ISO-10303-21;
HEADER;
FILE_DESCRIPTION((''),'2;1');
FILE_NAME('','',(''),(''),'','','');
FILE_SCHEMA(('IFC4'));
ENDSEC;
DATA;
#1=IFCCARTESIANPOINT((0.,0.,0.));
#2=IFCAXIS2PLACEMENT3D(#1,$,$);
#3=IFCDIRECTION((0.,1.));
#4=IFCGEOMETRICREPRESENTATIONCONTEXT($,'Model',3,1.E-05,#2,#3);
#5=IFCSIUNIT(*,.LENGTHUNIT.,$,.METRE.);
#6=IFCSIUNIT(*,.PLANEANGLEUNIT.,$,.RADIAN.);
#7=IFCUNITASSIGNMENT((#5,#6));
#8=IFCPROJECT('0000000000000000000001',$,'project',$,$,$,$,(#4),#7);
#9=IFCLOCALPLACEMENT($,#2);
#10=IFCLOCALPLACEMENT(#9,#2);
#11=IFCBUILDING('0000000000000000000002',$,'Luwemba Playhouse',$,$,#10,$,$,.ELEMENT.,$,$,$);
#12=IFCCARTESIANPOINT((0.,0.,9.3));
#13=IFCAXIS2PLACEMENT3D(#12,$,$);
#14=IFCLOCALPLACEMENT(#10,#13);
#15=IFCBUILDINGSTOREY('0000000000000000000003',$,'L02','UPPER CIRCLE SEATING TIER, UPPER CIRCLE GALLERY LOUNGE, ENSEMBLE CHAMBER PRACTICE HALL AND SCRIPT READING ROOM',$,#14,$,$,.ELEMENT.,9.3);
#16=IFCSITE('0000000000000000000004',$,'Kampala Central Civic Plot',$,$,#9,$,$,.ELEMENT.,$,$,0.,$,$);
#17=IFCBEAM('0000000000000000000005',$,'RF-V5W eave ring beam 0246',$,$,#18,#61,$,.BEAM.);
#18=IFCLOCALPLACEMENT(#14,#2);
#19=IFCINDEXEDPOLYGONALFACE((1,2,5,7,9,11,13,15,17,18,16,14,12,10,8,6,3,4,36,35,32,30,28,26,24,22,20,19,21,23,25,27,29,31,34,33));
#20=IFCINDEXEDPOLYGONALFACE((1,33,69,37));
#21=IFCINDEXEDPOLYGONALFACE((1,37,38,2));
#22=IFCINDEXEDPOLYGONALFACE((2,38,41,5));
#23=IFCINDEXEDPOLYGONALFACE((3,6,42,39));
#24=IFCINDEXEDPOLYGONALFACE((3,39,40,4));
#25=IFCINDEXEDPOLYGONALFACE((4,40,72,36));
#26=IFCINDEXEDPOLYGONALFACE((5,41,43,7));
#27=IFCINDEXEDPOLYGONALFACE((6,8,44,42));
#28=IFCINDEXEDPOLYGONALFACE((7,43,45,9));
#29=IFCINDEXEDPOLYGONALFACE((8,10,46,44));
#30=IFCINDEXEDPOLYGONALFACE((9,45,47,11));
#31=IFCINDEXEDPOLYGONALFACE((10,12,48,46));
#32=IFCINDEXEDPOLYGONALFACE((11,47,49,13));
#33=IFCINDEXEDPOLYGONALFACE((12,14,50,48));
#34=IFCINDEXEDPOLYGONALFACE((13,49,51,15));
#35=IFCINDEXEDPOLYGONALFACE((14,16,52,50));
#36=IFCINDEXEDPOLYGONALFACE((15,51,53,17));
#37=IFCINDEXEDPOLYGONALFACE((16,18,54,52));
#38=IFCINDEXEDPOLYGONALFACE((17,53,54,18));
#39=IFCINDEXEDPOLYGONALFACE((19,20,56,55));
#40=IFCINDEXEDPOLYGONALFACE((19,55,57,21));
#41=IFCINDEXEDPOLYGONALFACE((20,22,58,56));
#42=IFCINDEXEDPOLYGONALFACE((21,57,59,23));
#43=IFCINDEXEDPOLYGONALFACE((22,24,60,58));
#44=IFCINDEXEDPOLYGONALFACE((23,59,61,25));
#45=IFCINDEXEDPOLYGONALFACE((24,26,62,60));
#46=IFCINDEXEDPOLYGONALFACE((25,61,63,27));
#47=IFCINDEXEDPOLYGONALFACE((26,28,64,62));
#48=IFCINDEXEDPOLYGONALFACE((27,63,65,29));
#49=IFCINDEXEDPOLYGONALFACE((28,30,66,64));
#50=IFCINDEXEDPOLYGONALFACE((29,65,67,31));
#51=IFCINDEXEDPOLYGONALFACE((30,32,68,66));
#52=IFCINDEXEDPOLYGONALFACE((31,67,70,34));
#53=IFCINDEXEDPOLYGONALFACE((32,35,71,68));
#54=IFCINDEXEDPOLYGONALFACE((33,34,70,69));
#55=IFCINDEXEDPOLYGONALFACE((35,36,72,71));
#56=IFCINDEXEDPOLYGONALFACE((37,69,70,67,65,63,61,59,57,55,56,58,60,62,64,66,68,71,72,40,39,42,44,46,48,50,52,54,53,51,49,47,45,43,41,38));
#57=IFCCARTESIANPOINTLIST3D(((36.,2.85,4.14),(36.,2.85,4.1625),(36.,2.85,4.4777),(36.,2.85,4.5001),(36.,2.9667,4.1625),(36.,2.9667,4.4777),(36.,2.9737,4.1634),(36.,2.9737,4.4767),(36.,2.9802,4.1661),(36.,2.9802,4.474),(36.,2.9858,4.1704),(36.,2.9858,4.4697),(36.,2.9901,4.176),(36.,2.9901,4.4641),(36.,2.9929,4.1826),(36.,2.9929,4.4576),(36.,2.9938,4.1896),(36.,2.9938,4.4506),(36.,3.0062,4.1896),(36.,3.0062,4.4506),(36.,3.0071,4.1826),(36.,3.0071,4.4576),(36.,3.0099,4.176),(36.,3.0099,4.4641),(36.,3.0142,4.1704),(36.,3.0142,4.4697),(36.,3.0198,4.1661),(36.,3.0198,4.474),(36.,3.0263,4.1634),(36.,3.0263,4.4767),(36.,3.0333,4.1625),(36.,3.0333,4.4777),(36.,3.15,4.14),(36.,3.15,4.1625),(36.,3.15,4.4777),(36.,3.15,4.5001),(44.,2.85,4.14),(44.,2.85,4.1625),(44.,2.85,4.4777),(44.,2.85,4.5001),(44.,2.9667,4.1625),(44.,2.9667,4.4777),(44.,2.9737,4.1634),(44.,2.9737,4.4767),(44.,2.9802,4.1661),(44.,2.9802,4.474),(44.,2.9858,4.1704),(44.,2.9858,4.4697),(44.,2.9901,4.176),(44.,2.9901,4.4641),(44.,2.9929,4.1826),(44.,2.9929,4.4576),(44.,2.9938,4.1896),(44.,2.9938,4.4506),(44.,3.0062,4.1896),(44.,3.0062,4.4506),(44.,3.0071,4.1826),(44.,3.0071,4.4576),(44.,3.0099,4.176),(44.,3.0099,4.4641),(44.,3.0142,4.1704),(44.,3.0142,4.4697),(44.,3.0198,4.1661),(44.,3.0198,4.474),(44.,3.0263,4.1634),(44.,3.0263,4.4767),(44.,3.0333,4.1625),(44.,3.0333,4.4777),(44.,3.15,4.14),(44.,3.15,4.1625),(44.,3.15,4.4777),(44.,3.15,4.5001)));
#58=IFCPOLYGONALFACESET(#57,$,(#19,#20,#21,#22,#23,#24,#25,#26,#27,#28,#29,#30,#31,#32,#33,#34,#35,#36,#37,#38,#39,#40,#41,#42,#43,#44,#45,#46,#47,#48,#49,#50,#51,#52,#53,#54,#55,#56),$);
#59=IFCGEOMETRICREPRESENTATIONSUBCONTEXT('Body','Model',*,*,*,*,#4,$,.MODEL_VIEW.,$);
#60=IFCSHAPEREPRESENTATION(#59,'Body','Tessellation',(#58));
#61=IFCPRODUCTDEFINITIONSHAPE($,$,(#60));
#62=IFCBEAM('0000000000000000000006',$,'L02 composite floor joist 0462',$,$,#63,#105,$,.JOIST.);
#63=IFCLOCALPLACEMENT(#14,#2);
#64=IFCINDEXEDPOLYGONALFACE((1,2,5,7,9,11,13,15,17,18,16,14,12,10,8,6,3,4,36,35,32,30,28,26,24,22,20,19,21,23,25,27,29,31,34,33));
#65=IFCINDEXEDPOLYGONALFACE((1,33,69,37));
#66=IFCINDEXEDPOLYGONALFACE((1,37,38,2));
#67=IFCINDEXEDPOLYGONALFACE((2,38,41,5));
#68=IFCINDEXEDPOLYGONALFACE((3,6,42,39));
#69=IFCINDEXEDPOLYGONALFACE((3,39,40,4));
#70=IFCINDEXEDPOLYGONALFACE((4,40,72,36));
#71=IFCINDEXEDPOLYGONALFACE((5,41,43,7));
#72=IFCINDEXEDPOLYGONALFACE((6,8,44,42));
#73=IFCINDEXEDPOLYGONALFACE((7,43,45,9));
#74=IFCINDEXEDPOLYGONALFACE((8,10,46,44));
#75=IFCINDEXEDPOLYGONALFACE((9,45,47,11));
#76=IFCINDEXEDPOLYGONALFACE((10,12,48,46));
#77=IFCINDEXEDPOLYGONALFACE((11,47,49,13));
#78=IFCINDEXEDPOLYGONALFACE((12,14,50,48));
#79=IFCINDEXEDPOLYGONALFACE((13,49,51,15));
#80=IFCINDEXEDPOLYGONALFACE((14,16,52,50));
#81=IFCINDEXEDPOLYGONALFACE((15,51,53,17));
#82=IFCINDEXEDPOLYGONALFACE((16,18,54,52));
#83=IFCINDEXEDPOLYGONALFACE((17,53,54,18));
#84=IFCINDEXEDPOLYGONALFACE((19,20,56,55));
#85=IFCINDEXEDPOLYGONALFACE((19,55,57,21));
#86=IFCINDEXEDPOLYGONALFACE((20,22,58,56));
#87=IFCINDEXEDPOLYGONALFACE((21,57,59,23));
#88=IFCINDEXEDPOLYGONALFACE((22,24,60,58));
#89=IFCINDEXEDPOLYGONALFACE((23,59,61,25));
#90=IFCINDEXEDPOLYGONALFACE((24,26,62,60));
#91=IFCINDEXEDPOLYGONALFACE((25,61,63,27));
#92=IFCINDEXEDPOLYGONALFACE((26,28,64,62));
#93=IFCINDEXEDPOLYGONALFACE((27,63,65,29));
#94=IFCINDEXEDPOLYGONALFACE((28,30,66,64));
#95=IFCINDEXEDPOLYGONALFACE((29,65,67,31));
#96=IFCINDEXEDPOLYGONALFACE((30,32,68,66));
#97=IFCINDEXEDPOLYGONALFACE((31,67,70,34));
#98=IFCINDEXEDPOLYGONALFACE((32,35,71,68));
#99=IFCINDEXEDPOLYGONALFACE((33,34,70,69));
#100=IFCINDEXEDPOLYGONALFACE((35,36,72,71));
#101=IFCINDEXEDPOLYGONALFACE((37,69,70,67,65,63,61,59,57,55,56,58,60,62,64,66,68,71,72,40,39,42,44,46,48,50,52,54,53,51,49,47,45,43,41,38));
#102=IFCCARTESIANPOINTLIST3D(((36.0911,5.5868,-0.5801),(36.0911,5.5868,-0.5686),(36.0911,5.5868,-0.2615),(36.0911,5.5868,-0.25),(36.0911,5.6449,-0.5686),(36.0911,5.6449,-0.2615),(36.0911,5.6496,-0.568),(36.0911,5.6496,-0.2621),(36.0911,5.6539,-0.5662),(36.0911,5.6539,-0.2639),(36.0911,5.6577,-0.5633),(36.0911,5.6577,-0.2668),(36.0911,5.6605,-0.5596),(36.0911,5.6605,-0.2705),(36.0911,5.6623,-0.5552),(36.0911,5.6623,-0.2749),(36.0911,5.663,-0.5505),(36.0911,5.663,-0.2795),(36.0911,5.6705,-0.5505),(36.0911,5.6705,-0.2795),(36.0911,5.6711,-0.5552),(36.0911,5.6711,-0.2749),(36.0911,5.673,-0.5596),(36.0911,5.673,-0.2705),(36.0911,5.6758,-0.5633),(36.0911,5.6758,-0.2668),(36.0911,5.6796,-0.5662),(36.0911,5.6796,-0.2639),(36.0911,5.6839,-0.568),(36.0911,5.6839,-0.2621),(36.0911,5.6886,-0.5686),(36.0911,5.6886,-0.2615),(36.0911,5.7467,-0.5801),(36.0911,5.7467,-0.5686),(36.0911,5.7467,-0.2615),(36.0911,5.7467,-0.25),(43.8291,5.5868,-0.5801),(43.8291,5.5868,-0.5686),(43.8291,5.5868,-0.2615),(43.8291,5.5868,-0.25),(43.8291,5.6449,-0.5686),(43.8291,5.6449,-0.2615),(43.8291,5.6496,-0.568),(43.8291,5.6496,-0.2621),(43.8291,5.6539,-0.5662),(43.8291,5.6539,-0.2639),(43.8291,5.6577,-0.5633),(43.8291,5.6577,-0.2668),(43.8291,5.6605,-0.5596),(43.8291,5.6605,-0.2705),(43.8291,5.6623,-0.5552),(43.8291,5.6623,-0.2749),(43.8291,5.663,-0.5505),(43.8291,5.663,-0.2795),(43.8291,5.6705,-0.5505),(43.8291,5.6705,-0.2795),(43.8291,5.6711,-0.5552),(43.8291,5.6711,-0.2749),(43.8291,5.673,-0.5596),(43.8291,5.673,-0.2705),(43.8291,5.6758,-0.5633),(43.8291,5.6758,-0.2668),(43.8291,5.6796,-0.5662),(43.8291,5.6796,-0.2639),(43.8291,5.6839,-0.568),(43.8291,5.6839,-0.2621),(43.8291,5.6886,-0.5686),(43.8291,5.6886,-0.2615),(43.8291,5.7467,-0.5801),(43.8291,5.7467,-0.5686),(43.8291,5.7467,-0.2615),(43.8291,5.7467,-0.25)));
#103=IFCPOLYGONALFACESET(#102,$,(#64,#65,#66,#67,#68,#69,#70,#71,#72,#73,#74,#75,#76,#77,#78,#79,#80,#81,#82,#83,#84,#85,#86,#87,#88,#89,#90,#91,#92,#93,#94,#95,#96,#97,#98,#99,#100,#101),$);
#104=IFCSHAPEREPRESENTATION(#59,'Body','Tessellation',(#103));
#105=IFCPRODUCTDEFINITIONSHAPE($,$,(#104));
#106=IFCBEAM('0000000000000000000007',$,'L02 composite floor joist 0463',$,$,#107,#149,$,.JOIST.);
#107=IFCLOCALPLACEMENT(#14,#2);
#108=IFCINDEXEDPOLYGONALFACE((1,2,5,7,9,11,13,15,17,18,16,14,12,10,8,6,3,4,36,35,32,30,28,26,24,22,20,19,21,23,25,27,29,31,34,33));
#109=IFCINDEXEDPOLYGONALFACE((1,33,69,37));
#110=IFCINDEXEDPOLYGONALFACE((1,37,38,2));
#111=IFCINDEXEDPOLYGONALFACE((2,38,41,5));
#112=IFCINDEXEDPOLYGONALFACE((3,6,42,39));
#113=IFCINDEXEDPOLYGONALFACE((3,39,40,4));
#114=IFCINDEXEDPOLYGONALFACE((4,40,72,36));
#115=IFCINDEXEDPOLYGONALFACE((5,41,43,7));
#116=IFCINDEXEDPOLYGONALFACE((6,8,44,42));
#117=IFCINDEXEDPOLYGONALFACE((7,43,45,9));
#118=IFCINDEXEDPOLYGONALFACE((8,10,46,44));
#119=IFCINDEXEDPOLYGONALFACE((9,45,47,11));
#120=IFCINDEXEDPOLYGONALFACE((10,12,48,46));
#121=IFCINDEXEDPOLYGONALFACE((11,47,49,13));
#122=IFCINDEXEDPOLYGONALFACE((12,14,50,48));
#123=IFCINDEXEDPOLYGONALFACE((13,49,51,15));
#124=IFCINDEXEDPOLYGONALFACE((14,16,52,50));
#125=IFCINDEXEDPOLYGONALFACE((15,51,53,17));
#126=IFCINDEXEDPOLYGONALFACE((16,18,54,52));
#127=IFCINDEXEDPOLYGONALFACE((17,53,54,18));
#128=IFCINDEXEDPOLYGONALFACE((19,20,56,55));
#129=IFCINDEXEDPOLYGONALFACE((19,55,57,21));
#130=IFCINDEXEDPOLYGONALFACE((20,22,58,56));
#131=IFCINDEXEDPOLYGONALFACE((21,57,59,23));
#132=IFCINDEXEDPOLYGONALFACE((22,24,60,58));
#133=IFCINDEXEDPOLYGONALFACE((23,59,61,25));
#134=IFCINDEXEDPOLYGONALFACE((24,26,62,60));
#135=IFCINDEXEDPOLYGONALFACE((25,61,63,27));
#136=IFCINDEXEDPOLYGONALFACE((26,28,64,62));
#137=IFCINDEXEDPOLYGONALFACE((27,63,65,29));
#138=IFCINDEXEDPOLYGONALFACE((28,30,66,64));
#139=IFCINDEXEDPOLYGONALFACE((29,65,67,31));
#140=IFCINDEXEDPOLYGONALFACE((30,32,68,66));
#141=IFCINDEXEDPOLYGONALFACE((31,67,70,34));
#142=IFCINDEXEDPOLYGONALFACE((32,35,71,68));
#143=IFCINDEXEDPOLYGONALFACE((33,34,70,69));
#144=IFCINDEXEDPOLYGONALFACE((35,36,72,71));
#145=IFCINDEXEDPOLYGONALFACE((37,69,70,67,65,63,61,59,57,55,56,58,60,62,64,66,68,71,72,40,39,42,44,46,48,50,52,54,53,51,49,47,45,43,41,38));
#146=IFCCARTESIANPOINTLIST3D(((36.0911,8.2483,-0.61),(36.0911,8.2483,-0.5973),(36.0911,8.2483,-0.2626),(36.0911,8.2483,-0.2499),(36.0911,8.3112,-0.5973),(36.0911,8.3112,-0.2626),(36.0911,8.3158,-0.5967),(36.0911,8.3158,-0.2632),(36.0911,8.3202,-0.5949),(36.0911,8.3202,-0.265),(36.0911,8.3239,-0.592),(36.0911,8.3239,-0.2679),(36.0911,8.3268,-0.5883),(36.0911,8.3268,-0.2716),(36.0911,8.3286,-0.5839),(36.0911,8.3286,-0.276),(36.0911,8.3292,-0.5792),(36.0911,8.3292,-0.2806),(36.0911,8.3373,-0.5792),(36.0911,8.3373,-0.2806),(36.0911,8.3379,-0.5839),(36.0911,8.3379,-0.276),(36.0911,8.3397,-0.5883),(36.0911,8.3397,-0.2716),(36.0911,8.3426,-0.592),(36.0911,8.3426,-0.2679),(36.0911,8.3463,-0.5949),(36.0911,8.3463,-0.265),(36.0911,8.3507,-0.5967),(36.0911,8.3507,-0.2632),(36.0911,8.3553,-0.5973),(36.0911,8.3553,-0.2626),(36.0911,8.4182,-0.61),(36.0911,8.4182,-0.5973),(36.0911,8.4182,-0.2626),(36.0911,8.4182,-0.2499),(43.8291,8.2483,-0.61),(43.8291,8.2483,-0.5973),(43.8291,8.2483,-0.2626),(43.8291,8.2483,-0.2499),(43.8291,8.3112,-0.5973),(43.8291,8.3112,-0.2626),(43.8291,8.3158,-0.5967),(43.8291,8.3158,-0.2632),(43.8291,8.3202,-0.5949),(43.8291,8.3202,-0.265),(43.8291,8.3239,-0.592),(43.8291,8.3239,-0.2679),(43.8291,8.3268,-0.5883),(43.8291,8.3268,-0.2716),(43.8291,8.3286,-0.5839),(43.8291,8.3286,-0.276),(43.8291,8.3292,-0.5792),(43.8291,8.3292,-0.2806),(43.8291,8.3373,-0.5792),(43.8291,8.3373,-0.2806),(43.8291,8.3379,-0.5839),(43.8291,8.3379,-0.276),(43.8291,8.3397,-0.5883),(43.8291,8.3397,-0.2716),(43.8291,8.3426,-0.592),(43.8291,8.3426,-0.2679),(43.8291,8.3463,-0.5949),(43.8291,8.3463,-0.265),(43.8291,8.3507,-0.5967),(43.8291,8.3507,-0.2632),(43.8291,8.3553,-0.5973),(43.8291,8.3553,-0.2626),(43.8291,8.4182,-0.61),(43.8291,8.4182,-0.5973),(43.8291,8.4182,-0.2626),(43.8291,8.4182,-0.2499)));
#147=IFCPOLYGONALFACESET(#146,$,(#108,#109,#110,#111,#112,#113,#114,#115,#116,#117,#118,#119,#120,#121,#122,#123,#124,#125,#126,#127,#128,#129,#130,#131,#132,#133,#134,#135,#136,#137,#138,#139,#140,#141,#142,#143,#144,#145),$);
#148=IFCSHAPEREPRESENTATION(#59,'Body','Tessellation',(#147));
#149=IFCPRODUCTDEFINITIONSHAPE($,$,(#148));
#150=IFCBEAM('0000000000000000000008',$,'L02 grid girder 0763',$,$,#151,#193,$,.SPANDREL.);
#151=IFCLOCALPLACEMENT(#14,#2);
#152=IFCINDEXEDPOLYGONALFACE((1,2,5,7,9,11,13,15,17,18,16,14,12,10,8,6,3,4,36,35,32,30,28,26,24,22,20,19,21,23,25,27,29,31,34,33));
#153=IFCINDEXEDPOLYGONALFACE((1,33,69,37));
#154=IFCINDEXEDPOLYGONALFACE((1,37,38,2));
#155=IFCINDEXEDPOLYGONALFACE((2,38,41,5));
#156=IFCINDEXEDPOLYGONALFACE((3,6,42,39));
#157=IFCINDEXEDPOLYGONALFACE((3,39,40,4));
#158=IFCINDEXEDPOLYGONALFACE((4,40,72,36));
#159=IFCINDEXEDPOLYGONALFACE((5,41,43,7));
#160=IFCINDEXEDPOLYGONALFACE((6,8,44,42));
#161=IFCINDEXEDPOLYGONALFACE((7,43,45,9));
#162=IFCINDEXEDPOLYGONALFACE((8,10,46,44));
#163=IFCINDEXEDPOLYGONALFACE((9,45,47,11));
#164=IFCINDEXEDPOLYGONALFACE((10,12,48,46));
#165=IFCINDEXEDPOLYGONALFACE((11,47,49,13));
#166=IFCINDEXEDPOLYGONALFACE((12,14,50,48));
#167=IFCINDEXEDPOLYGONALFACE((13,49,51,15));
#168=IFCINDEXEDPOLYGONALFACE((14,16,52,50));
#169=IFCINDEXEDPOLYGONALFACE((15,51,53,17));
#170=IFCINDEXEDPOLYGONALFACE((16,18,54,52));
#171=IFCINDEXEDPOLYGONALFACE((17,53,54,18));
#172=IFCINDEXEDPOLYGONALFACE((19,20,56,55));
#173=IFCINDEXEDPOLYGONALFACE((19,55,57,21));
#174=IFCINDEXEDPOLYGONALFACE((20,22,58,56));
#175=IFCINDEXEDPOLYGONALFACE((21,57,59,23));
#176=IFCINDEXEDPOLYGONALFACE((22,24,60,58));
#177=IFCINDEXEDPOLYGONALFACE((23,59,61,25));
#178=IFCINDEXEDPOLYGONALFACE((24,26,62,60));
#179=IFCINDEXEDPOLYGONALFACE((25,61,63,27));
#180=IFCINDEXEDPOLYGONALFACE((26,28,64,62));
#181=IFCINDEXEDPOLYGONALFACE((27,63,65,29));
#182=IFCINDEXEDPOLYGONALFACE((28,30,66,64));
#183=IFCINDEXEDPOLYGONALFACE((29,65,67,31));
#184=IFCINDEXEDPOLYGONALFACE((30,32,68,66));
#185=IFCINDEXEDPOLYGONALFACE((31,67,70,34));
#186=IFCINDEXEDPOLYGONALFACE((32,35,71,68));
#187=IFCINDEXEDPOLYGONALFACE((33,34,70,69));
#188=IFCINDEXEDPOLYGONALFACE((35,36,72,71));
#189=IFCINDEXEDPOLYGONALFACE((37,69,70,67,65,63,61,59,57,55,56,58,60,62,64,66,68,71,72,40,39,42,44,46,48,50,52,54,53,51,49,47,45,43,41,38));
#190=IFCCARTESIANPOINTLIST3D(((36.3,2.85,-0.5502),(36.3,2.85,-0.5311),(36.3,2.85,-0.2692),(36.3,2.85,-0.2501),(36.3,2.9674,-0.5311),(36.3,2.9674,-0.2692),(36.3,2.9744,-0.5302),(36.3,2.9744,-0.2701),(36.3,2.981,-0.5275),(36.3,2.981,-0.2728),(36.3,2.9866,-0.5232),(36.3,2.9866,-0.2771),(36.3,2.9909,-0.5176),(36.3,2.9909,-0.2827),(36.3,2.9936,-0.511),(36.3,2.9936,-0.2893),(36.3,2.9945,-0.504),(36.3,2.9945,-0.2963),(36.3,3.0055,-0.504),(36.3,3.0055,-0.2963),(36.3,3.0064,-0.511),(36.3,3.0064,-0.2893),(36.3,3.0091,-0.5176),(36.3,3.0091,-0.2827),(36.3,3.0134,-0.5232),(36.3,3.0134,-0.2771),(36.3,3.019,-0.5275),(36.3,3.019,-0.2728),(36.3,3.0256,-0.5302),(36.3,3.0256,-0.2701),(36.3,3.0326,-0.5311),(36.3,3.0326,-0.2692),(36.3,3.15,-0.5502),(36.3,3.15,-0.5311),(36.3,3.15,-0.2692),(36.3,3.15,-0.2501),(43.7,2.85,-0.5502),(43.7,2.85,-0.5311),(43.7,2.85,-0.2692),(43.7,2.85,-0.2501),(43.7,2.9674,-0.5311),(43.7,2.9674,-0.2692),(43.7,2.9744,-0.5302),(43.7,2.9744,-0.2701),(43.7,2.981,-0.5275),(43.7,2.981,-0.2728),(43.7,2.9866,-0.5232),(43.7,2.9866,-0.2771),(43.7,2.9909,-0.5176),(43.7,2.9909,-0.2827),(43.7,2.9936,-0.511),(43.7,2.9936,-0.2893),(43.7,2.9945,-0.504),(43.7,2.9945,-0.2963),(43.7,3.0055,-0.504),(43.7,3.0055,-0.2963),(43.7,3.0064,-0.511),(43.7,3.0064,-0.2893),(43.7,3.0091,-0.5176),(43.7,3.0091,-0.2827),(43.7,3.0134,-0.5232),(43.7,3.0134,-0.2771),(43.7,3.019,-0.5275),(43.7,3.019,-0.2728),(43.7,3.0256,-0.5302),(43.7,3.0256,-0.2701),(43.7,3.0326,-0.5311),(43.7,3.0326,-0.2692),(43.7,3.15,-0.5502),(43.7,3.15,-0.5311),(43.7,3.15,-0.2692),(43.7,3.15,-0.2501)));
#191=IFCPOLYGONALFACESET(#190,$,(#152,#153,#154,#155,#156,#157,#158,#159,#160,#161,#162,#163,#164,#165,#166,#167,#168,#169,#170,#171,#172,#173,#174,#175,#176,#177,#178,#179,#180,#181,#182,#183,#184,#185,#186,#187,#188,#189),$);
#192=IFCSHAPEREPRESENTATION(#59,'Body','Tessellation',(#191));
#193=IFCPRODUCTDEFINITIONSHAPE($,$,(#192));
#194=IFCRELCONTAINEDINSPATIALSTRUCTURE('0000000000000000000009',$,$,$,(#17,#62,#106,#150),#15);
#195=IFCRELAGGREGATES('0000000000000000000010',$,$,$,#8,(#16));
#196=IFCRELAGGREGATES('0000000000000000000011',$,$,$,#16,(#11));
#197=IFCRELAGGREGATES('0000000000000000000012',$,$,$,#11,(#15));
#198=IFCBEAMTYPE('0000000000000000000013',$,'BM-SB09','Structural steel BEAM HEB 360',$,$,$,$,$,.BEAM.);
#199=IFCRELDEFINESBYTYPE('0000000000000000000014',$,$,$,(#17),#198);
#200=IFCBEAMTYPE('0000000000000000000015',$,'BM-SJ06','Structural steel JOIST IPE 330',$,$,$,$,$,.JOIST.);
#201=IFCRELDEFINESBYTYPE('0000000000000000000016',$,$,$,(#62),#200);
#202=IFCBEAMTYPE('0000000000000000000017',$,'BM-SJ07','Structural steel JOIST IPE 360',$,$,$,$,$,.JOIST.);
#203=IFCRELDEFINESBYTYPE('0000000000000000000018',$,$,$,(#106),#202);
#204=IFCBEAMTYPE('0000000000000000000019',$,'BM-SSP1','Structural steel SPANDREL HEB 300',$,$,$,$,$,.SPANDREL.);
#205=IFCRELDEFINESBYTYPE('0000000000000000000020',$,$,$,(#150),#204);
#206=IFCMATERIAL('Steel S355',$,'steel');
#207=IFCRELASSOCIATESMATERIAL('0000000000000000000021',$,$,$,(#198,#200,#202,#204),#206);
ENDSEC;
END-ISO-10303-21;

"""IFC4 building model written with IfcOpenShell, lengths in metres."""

from ifc_helpers import new_model, si_unit, direction, frame, origin, origin_2d, place, context, subcontext, project, spatial, i_section, extrude, material, material_profile, profile_set, type_object, element, save


model = new_model("IFC4")

# Units and contexts
model_context = context("Model", 3, precision=1e-05, world=origin(), true_north=direction((0.0, 1.0)))
body_context = subcontext(model_context, "Body", "Model", "MODEL_VIEW")
ifc_project = project(units=[si_unit("LENGTHUNIT", "METRE"), si_unit("PLANEANGLEUNIT", "RADIAN")], contexts=[model_context])

# Site, building, storey
site_placement = place(None, origin())
site = spatial("IfcSite", under=ifc_project, at=site_placement, Name="Kampala Central Civic Plot", CompositionType="ELEMENT", RefElevation=0.0)
building_placement = place(site_placement, origin())
building = spatial("IfcBuilding", under=site, at=building_placement, Name="Luwemba Playhouse", CompositionType="ELEMENT")
storey_placement = place(building_placement, frame((0.0, 0.0, 9.3)))
storey = spatial("IfcBuildingStorey", under=building, at=storey_placement, Name="L02", Description="UPPER CIRCLE SEATING TIER, UPPER CIRCLE GALLERY LOUNGE, ENSEMBLE CHAMBER PRACTICE HALL AND SCRIPT READING ROOM", CompositionType="ELEMENT", Elevation=9.3)

# Beams
ifc_material_1 = material(Name="Steel S355", Category="steel")
ifc_material_profile_1 = material_profile(ifc_material_1, i_section(OverallWidth=0.3, OverallDepth=0.3601, WebThickness=0.0125, FlangeThickness=0.0225, FilletRadius=0.0271, at=origin_2d()))
ifc_profile_set_1 = profile_set([ifc_material_profile_1], Name="Steel S355")
beam_type_1 = type_object("IfcBeamType", Name="BM-SB09", Description="Structural steel BEAM HEB 360", PredefinedType="BEAM", material=ifc_profile_set_1)
beam_1_placement = place(storey_placement, frame((36.0, 3.0, 4.3201), z_axis=(1.0, 0.0, 0.0), x_axis=(0.0, 1.0, 0.0)))
element("IfcBeam", 1, at=beam_1_placement, inside=storey, type_object=beam_type_1, Name="RF-V5W eave ring beam 0246", PredefinedType="BEAM", context=body_context, shape_type="SweptSolid", body=[
    extrude(i_section(OverallWidth=0.3, OverallDepth=0.3601, WebThickness=0.0125, FlangeThickness=0.0225, FilletRadius=0.0271, at=origin_2d()), origin(), (0.0, 0.0, 1.0), 8.0),
])
ifc_material_profile_2 = material_profile(ifc_material_1, i_section(OverallWidth=0.1599, OverallDepth=0.3301, WebThickness=0.0076, FlangeThickness=0.0115, FilletRadius=0.0181, at=origin_2d()))
ifc_profile_set_2 = profile_set([ifc_material_profile_2], Name="Steel S355")
beam_type_2 = type_object("IfcBeamType", Name="BM-SJ06", Description="Structural steel JOIST IPE 330", PredefinedType="JOIST", material=ifc_profile_set_2)
beam_2_placement = place(storey_placement, frame((36.0911, 5.6667, -0.415), z_axis=(1.0, 0.0, 0.0), x_axis=(0.0, 1.0, 0.0)))
element("IfcBeam", 2, at=beam_2_placement, inside=storey, type_object=beam_type_2, Name="L02 composite floor joist 0462", PredefinedType="JOIST", context=body_context, shape_type="SweptSolid", body=[
    extrude(i_section(OverallWidth=0.1599, OverallDepth=0.3301, WebThickness=0.0076, FlangeThickness=0.0115, FilletRadius=0.0181, at=origin_2d()), origin(), (0.0, 0.0, 1.0), 7.738),
])
ifc_material_profile_3 = material_profile(ifc_material_1, i_section(OverallWidth=0.1699, OverallDepth=0.3601, WebThickness=0.0081, FlangeThickness=0.0127, FilletRadius=0.0181, at=origin_2d()))
ifc_profile_set_3 = profile_set([ifc_material_profile_3], Name="Steel S355")
beam_type_3 = type_object("IfcBeamType", Name="BM-SJ07", Description="Structural steel JOIST IPE 360", PredefinedType="JOIST", material=ifc_profile_set_3)
beam_3_placement = place(storey_placement, frame((36.0911, 8.3333, -0.4299), z_axis=(1.0, 0.0, 0.0), x_axis=(0.0, 1.0, 0.0)))
element("IfcBeam", 3, at=beam_3_placement, inside=storey, type_object=beam_type_3, Name="L02 composite floor joist 0463", PredefinedType="JOIST", context=body_context, shape_type="SweptSolid", body=[
    extrude(i_section(OverallWidth=0.1699, OverallDepth=0.3601, WebThickness=0.0081, FlangeThickness=0.0127, FilletRadius=0.0181, at=origin_2d()), origin(), (0.0, 0.0, 1.0), 7.738),
])
ifc_material_profile_4 = material_profile(ifc_material_1, i_section(OverallWidth=0.3, OverallDepth=0.3, WebThickness=0.011, FlangeThickness=0.019, FilletRadius=0.0271, at=origin_2d()))
ifc_profile_set_4 = profile_set([ifc_material_profile_4], Name="Steel S355")
beam_type_4 = type_object("IfcBeamType", Name="BM-SSP1", Description="Structural steel SPANDREL HEB 300", PredefinedType="SPANDREL", material=ifc_profile_set_4)
beam_4_placement = place(storey_placement, frame((36.3, 3.0, -0.4001), z_axis=(1.0, 0.0, 0.0), x_axis=(0.0, 1.0, 0.0)))
element("IfcBeam", 4, at=beam_4_placement, inside=storey, type_object=beam_type_4, Name="L02 grid girder 0763", PredefinedType="SPANDREL", context=body_context, shape_type="SweptSolid", body=[
    extrude(i_section(OverallWidth=0.3, OverallDepth=0.3, WebThickness=0.011, FlangeThickness=0.019, FilletRadius=0.0271, at=origin_2d()), origin(), (0.0, 0.0, 1.0), 7.3999),
])

save(model, "model.ifc")
